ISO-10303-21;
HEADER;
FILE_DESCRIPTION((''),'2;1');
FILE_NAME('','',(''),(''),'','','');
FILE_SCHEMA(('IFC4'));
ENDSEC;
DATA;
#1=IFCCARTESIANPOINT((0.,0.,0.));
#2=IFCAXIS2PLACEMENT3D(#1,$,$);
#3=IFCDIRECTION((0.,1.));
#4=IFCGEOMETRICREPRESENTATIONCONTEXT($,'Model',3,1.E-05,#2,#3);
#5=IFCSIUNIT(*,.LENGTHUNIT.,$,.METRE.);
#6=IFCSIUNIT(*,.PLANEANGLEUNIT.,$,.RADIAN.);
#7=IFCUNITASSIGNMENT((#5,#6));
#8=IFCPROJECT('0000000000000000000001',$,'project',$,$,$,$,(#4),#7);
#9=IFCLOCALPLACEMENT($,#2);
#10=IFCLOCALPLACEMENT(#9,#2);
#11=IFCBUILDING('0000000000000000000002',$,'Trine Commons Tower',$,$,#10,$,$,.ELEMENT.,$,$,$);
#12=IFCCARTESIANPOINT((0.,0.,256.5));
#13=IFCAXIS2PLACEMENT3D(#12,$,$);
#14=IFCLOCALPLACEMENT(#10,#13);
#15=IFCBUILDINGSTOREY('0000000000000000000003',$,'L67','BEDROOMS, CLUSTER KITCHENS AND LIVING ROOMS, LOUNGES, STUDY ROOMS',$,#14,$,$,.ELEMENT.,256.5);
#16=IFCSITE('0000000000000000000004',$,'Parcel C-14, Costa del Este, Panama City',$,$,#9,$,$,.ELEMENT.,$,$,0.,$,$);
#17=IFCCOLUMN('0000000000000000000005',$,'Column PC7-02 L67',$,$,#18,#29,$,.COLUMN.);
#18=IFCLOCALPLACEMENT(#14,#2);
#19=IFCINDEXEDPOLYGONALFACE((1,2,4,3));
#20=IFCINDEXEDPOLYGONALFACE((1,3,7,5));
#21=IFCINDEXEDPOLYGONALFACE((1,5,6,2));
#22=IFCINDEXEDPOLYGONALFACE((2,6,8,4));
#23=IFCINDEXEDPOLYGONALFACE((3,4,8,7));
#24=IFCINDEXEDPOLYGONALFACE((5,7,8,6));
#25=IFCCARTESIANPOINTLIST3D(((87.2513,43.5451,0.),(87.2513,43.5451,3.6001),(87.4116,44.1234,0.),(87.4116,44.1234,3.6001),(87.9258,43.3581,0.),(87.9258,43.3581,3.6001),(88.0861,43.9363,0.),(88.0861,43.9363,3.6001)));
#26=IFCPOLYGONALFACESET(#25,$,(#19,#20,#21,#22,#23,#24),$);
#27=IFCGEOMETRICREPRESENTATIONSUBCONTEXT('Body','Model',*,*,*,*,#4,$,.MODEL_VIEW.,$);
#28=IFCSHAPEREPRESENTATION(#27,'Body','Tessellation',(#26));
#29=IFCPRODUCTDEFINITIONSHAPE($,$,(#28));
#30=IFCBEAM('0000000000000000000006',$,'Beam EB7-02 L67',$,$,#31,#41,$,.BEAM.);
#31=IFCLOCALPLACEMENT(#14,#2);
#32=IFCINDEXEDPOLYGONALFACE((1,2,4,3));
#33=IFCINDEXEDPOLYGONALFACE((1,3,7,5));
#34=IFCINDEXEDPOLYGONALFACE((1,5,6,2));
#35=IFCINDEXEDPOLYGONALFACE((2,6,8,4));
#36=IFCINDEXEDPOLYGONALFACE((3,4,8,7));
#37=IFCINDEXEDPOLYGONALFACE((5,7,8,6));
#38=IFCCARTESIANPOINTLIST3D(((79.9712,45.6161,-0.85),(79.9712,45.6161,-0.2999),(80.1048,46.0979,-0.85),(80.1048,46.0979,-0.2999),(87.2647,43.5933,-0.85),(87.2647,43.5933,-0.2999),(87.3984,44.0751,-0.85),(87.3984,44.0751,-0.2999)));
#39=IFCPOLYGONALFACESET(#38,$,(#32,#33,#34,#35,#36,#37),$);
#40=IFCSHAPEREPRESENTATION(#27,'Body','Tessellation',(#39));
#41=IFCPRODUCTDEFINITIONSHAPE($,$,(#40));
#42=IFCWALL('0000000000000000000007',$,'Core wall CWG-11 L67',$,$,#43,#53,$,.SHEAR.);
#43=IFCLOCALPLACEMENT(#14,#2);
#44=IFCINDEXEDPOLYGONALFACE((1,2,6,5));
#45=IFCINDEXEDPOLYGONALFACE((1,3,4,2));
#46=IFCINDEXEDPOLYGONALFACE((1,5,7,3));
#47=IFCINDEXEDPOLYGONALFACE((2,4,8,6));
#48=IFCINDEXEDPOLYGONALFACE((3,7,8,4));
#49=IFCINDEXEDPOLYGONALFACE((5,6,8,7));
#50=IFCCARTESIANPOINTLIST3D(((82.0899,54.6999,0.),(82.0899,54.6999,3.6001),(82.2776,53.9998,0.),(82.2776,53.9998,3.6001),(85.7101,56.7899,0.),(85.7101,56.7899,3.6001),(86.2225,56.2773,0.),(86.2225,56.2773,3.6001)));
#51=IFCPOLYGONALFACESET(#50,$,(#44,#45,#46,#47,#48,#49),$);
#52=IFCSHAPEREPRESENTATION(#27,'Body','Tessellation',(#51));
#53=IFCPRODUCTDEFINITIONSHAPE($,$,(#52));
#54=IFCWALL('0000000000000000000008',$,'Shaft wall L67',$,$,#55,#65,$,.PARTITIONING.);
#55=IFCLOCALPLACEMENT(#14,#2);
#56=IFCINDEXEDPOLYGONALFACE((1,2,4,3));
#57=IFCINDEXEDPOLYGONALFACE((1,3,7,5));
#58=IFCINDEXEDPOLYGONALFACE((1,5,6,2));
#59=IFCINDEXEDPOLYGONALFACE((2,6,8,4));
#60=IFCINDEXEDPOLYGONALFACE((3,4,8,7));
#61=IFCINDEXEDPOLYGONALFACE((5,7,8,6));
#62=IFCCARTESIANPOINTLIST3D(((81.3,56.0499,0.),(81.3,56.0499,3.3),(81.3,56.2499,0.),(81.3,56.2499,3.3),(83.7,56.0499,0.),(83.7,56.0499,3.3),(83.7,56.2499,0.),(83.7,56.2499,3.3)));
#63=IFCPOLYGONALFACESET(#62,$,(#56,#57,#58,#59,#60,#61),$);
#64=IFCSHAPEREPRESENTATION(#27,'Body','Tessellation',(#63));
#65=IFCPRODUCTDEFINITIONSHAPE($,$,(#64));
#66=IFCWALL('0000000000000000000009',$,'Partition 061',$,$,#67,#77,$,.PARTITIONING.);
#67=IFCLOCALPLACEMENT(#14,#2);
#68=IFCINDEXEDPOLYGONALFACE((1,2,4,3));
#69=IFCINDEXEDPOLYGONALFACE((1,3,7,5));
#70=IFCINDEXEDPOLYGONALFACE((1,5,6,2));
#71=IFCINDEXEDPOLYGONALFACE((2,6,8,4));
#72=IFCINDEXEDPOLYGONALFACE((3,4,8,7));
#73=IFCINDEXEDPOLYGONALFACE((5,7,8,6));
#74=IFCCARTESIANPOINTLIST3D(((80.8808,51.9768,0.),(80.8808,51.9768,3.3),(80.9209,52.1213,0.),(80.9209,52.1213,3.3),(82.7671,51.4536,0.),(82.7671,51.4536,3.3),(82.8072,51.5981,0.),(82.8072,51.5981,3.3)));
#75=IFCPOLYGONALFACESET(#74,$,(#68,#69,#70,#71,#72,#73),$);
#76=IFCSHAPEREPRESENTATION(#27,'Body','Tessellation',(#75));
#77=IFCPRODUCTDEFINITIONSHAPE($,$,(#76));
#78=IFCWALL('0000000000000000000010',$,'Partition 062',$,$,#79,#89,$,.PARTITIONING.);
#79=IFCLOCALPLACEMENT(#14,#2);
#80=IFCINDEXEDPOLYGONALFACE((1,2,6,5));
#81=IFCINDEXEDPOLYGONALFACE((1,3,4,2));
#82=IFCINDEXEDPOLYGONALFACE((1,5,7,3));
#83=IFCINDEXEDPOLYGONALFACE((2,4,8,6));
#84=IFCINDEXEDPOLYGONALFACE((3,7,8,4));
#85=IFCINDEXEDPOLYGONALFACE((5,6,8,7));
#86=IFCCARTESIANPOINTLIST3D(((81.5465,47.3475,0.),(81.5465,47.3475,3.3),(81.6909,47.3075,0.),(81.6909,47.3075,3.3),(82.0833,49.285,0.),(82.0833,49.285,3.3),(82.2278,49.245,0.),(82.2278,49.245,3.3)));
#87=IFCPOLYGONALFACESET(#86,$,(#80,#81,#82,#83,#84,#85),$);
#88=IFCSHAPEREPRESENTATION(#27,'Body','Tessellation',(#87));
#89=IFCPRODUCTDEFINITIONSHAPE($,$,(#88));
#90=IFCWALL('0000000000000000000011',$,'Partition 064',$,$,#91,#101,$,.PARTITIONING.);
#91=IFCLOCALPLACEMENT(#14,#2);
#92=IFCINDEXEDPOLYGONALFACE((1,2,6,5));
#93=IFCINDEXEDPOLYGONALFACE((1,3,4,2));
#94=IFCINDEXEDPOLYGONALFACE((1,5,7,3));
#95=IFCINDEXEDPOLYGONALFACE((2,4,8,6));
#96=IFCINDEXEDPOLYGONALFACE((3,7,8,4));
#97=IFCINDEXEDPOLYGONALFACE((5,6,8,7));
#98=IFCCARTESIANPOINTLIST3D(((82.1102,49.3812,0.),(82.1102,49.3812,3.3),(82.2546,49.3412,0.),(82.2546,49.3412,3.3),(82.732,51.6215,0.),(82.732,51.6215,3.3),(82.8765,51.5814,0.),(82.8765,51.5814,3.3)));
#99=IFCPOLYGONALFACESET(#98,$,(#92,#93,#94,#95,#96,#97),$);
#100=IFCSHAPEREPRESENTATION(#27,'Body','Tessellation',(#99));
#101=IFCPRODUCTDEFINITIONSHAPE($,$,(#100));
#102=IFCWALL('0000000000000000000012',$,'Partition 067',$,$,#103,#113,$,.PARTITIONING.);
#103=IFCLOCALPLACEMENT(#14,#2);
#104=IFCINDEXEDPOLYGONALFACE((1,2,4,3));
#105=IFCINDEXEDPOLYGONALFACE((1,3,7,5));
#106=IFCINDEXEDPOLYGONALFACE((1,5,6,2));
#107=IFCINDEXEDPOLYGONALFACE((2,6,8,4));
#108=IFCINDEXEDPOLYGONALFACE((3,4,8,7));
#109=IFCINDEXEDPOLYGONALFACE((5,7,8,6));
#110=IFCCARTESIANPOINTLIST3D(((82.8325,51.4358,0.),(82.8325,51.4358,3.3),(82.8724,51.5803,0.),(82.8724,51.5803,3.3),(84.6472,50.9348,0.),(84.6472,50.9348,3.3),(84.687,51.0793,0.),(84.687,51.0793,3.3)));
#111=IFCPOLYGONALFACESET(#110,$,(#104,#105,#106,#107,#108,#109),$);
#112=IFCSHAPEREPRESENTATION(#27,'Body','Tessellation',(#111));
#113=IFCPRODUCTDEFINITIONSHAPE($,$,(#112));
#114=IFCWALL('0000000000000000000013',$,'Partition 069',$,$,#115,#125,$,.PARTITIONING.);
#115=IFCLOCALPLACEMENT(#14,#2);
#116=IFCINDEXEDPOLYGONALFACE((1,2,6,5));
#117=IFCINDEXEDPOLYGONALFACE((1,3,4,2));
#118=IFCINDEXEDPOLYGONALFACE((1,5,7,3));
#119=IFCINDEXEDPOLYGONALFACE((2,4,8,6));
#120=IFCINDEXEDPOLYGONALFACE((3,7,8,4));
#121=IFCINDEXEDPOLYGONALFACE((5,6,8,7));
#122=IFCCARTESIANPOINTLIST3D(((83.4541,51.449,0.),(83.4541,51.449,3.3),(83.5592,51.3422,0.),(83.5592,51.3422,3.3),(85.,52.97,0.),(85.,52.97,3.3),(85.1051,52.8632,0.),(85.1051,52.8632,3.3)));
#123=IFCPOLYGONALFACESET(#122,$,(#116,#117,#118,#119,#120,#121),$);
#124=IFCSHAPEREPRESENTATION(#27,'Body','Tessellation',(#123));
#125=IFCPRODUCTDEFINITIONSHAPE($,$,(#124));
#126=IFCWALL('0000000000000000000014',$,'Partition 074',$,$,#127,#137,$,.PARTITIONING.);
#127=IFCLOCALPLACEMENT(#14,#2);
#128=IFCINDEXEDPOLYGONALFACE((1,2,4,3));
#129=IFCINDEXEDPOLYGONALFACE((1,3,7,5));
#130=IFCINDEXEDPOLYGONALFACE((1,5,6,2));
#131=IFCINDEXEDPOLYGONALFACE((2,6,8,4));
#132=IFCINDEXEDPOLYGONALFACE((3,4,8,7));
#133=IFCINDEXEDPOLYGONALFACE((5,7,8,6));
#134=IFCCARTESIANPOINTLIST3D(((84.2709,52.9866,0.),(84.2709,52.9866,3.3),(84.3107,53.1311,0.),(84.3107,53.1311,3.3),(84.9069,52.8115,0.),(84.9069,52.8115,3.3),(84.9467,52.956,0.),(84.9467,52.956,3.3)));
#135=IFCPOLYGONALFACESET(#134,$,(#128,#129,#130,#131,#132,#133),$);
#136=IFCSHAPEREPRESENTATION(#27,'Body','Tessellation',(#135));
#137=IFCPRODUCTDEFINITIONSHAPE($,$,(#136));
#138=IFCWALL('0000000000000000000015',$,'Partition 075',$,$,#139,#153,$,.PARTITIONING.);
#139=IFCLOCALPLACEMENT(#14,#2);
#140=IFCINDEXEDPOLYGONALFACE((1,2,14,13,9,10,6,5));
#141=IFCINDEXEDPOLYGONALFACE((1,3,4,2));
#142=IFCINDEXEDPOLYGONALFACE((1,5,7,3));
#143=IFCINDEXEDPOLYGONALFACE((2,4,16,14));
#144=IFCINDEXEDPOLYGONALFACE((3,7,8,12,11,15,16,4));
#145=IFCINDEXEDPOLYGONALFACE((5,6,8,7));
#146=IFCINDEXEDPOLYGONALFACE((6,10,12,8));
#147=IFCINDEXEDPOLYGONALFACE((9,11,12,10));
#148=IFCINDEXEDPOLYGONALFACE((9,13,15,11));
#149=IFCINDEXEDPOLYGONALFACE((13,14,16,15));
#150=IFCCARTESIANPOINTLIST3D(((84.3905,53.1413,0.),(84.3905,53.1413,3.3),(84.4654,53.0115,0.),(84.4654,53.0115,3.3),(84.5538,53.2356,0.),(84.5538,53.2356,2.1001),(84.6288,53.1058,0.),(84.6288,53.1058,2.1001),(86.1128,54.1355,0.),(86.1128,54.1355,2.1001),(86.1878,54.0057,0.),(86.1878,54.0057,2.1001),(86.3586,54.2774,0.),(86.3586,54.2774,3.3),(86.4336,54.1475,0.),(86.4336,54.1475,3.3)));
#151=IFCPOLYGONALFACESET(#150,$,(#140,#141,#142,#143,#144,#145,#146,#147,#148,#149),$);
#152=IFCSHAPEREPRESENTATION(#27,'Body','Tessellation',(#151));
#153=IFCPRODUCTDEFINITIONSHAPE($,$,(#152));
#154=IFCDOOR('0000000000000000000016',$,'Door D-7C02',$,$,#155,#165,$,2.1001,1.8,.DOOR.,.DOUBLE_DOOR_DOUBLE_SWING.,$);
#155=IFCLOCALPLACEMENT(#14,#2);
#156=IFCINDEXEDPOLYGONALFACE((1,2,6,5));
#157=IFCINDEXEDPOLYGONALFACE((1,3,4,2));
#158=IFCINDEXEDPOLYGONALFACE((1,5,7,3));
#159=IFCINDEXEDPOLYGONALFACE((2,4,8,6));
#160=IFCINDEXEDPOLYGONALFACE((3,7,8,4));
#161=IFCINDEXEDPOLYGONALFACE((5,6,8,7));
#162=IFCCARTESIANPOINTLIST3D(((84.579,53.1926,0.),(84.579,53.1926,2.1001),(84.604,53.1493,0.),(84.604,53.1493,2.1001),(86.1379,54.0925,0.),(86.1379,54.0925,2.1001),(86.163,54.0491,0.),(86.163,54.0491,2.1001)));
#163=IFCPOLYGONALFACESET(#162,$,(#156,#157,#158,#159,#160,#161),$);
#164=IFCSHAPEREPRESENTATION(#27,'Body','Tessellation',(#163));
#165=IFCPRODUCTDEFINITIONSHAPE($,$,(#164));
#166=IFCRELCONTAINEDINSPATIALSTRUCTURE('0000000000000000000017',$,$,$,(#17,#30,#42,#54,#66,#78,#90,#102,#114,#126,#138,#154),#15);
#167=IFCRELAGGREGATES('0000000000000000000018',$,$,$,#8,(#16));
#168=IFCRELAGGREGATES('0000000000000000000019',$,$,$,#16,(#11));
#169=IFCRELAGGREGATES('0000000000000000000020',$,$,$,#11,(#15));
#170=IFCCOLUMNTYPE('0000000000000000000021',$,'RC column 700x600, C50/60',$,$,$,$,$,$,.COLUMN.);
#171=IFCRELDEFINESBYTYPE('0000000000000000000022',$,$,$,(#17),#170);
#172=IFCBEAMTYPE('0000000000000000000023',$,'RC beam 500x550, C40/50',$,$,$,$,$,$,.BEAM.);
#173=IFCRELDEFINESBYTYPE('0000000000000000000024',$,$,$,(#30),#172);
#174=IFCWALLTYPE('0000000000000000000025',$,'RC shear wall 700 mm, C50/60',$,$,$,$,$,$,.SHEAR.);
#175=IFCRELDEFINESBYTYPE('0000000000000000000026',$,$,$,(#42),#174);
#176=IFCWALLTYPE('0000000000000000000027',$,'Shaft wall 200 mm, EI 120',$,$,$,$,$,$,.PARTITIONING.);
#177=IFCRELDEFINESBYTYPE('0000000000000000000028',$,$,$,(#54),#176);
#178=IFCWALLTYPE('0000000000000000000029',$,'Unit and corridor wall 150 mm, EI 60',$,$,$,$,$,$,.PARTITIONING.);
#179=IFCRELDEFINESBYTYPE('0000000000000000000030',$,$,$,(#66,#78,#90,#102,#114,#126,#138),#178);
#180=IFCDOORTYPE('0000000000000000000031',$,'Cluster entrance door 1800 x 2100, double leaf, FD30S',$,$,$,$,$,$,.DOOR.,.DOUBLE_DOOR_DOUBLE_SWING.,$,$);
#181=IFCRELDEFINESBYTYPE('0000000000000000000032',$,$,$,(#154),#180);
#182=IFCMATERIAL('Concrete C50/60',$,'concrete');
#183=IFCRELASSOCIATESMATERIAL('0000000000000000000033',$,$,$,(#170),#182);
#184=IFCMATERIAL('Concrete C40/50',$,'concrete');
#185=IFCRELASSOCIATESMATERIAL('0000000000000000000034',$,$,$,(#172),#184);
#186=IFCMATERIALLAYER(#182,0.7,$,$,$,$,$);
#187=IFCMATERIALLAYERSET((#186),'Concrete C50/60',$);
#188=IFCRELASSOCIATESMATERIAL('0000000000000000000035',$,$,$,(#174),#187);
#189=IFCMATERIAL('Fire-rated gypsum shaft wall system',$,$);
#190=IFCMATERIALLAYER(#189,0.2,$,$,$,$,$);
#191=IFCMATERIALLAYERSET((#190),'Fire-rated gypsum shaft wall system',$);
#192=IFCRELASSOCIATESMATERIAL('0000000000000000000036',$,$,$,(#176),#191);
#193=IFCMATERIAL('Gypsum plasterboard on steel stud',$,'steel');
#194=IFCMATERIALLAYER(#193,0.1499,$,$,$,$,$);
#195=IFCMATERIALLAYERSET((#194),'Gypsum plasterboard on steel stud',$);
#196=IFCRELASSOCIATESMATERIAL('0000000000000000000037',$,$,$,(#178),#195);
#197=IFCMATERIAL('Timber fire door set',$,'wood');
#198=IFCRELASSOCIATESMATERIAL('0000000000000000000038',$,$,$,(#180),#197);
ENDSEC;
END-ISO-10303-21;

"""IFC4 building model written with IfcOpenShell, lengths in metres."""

from ifc_helpers import new_model, si_unit, direction, frame, frame_2d, origin, origin_2d, place, context, subcontext, project, spatial, polyline, rectangle, outline, extrude, material, layer, layer_set, material_profile, profile_set, type_object, element, fill, save


model = new_model("IFC4")

# Units and contexts
model_context = context("Model", 3, precision=1e-05, world=origin(), true_north=direction((0.0, 1.0)))
body_context = subcontext(model_context, "Body", "Model", "MODEL_VIEW")
ifc_project = project(units=[si_unit("LENGTHUNIT", "METRE"), si_unit("PLANEANGLEUNIT", "RADIAN")], contexts=[model_context])

# Site, building, storey
site_placement = place(None, origin())
site = spatial("IfcSite", under=ifc_project, at=site_placement, Name="Parcel C-14, Costa del Este, Panama City", CompositionType="ELEMENT", RefElevation=0.0)
building_placement = place(site_placement, origin())
building = spatial("IfcBuilding", under=site, at=building_placement, Name="Trine Commons Tower", CompositionType="ELEMENT")
storey_placement = place(building_placement, frame((0.0, 0.0, 256.5)))
storey = spatial("IfcBuildingStorey", under=building, at=storey_placement, Name="L67", Description="BEDROOMS, CLUSTER KITCHENS AND LIVING ROOMS, LOUNGES, STUDY ROOMS", CompositionType="ELEMENT", Elevation=256.5)

# Column
ifc_material_1 = material(Name="Concrete C50/60", Category="concrete")
ifc_material_profile_1 = material_profile(ifc_material_1, rectangle(XDim=0.7, YDim=0.6001, at=origin_2d()), Name="RC 700x600")
ifc_profile_set_1 = profile_set([ifc_material_profile_1], Name="Concrete C50/60")
column_type = type_object("IfcColumnType", Name="RC column 700x600, C50/60", PredefinedType="COLUMN", material=ifc_profile_set_1)
column_placement = place(storey_placement, frame((87.6687, 43.7407, 0.0), z_axis=(0.0, 0.0, 1.0), x_axis=(-0.96363, 0.267238, 0.0)))
element("IfcColumn", 1, at=column_placement, inside=storey, type_object=column_type, Name="Column PC7-02 L67", PredefinedType="COLUMN", context=body_context, shape_type="SweptSolid", body=[
    extrude(rectangle(XDim=0.7, YDim=0.6001, at=origin_2d()), origin(), (0.0, 0.0, 1.0), 3.6001),
])

# Beam
ifc_material_2 = material(Name="Concrete C40/50", Category="concrete")
ifc_material_profile_2 = material_profile(ifc_material_2, rectangle(XDim=0.5, YDim=0.55, at=origin_2d()), Name="RC 500x550")
ifc_profile_set_2 = profile_set([ifc_material_profile_2], Name="Concrete C40/50")
beam_type = type_object("IfcBeamType", Name="RC beam 500x550, C40/50", PredefinedType="BEAM", material=ifc_profile_set_2)
beam_placement = place(storey_placement, frame((87.3315, 43.8342, -0.575), z_axis=(-0.963629, 0.267245, 0.0), x_axis=(-0.267245, -0.963629, 0.0)))
element("IfcBeam", 2, at=beam_placement, inside=storey, type_object=beam_type, Name="Beam EB7-02 L67", PredefinedType="BEAM", context=body_context, shape_type="SweptSolid", body=[
    extrude(rectangle(XDim=0.5, YDim=0.55, at=origin_2d()), origin(), (0.0, 0.0, 1.0), 7.5688),
])

# Walls
ifc_layer_1 = layer(ifc_material_1, 0.7)
ifc_layer_set_1 = layer_set([ifc_layer_1], Name="Concrete C50/60")
wall_type_1 = type_object("IfcWallType", Name="RC shear wall 700 mm, C50/60", PredefinedType="SHEAR", material=ifc_layer_set_1)
wall_1_placement = place(storey_placement, frame((82.1025, 54.303, 0.0), z_axis=(0.0, 0.0, 1.0), x_axis=(0.866035, 0.499984, 0.0)))
element("IfcWall", 3, at=wall_1_placement, inside=storey, type_object=wall_type_1, Name="Core wall CWG-11 L67", PredefinedType="SHEAR", context=body_context, shape_type="SweptSolid", body=[
    extrude(outline(polyline([(0.0, -0.3501), (4.5552, -0.3501), (4.3677, 0.3501), (0.1875, 0.3501), (0.0, -0.3501)])), origin(), (0.0, 0.0, 1.0), 3.6001),
])
ifc_material_3 = material(Name="Fire-rated gypsum shaft wall system")
ifc_layer_2 = layer(ifc_material_3, 0.2)
ifc_layer_set_2 = layer_set([ifc_layer_2], Name="Fire-rated gypsum shaft wall system")
wall_type_2 = type_object("IfcWallType", Name="Shaft wall 200 mm, EI 120", PredefinedType="PARTITIONING", material=ifc_layer_set_2)
wall_2_placement = place(storey_placement, frame((81.3, 56.1499, 0.0), z_axis=(0.0, 0.0, 1.0), x_axis=(1.0, 0.0, 0.0)))
element("IfcWall", 4, at=wall_2_placement, inside=storey, type_object=wall_type_2, Name="Shaft wall L67", PredefinedType="PARTITIONING", context=body_context, shape_type="SweptSolid", body=[
    extrude(rectangle(XDim=2.3999, YDim=0.2, at=frame_2d((1.2, 0.0))), origin(), (0.0, 0.0, 1.0), 3.3),
])
ifc_material_4 = material(Name="Gypsum plasterboard on steel stud", Category="steel")
ifc_layer_3 = layer(ifc_material_4, 0.1499)
ifc_layer_set_3 = layer_set([ifc_layer_3], Name="Gypsum plasterboard on steel stud")
wall_type_3 = type_object("IfcWallType", Name="Unit and corridor wall 150 mm, EI 60", PredefinedType="PARTITIONING", material=ifc_layer_set_3)
wall_3_placement = place(storey_placement, frame((80.9009, 52.0491, 0.0), z_axis=(0.0, 0.0, 1.0), x_axis=(0.963618, -0.267284, 0.0)))
element("IfcWall", 5, at=wall_3_placement, inside=storey, type_object=wall_type_3, Name="Partition 061", PredefinedType="PARTITIONING", context=body_context, shape_type="SweptSolid", body=[
    extrude(rectangle(XDim=1.9575, YDim=0.1499, at=frame_2d((0.9788, 0.0))), origin(), (0.0, 0.0, 1.0), 3.3),
])
wall_4_placement = place(storey_placement, frame((81.6187, 47.3274, 0.0), z_axis=(0.0, 0.0, 1.0), x_axis=(0.26703, 0.963688, 0.0)))
element("IfcWall", 6, at=wall_4_placement, inside=storey, type_object=wall_type_3, Name="Partition 062", PredefinedType="PARTITIONING", context=body_context, shape_type="SweptSolid", body=[
    extrude(rectangle(XDim=2.0105, YDim=0.1499, at=frame_2d((1.0054, 0.0))), origin(), (0.0, 0.0, 1.0), 3.3),
])
wall_5_placement = place(storey_placement, frame((82.1824, 49.3611, 0.0), z_axis=(0.0, 0.0, 1.0), x_axis=(0.26746, 0.963569, 0.0)))
element("IfcWall", 7, at=wall_5_placement, inside=storey, type_object=wall_type_3, Name="Partition 064", PredefinedType="PARTITIONING", context=body_context, shape_type="SweptSolid", body=[
    extrude(rectangle(XDim=2.325, YDim=0.1499, at=frame_2d((1.1626, 0.0))), origin(), (0.0, 0.0, 1.0), 3.3),
])
wall_6_placement = place(storey_placement, frame((82.8523, 51.5081, 0.0), z_axis=(0.0, 0.0, 1.0), x_axis=(0.963942, -0.266112, 0.0)))
element("IfcWall", 8, at=wall_6_placement, inside=storey, type_object=wall_type_3, Name="Partition 067", PredefinedType="PARTITIONING", context=body_context, shape_type="SweptSolid", body=[
    extrude(rectangle(XDim=1.8826, YDim=0.1499, at=frame_2d((0.9414, 0.0))), origin(), (0.0, 0.0, 1.0), 3.3),
])
wall_7_placement = place(storey_placement, frame((83.5066, 51.3955, 0.0), z_axis=(0.0, 0.0, 1.0), x_axis=(0.712825, 0.701342, 0.0)))
element("IfcWall", 9, at=wall_7_placement, inside=storey, type_object=wall_type_3, Name="Partition 069", PredefinedType="PARTITIONING", context=body_context, shape_type="SweptSolid", body=[
    extrude(rectangle(XDim=2.1687, YDim=0.1499, at=frame_2d((1.0845, 0.0))), origin(), (0.0, 0.0, 1.0), 3.3),
])
wall_8_placement = place(storey_placement, frame((84.2908, 53.0588, 0.0), z_axis=(0.0, 0.0, 1.0), x_axis=(0.964146, -0.265372, 0.0)))
element("IfcWall", 10, at=wall_8_placement, inside=storey, type_object=wall_type_3, Name="Partition 074", PredefinedType="PARTITIONING", context=body_context, shape_type="SweptSolid", body=[
    extrude(rectangle(XDim=0.6597, YDim=0.1499, at=frame_2d((0.3298, 0.0))), origin(), (0.0, 0.0, 1.0), 3.3),
])

# Wall, opening, door
wall_9_placement = place(storey_placement, frame((84.428, 53.0764, 0.0), z_axis=(0.0, 0.0, 1.0), x_axis=(0.866073, 0.499918, 0.0)))
wall_9 = element("IfcWall", 11, at=wall_9_placement, inside=storey, type_object=wall_type_3, Name="Partition 075", PredefinedType="PARTITIONING", context=body_context, shape_type="SweptSolid", body=[
    extrude(rectangle(XDim=2.2725, YDim=0.1499, at=frame_2d((1.1362, 0.0))), origin(), (0.0, 0.0, 1.0), 3.3),
])
opening_1_placement = place(wall_9_placement, frame((0.1887, 0.0, 0.0)))
opening_1 = element("IfcOpeningElement", 12, at=opening_1_placement, cuts=wall_9, PredefinedType="OPENING", context=body_context, shape_type="SweptSolid", body=[
    extrude(rectangle(XDim=1.8, YDim=2.1001, at=frame_2d((0.8999, 1.05))), frame((0.0, 0.085, 0.0), z_axis=(0.0, -1.0, 0.0), x_axis=(1.0, 0.0, 0.0)), (0.0, 0.0, 1.0), 0.1699),
])
ifc_material_5 = material(Name="Timber fire door set", Category="wood")
door_type_1 = type_object("IfcDoorType", Name="Cluster entrance door 1800 x 2100, double leaf, FD30S", OperationType="DOUBLE_DOOR_DOUBLE_SWING", PredefinedType="DOOR", material=ifc_material_5)
door_1_placement = place(opening_1_placement, frame((1.8, 0.0, 0.0), z_axis=(0.0, 0.0, 1.0), x_axis=(-1.0, 0.0, 0.0)))
door_1 = element("IfcDoor", 13, at=door_1_placement, inside=storey, type_object=door_type_1, Name="Door D-7C02", OperationType="DOUBLE_DOOR_DOUBLE_SWING", OverallHeight=2.1001, OverallWidth=1.8, PredefinedType="DOOR", context=body_context, shape_type="SweptSolid", body=[
    extrude(rectangle(XDim=1.8, YDim=2.1001, at=frame_2d((0.8999, 1.05))), frame((0.0, 0.0249, 0.0), z_axis=(0.0, -1.0, 0.0), x_axis=(1.0, 0.0, 0.0)), (0.0, 0.0, 1.0), 0.05),
])
fill(opening_1, door_1)

save(model, "model.ifc")
